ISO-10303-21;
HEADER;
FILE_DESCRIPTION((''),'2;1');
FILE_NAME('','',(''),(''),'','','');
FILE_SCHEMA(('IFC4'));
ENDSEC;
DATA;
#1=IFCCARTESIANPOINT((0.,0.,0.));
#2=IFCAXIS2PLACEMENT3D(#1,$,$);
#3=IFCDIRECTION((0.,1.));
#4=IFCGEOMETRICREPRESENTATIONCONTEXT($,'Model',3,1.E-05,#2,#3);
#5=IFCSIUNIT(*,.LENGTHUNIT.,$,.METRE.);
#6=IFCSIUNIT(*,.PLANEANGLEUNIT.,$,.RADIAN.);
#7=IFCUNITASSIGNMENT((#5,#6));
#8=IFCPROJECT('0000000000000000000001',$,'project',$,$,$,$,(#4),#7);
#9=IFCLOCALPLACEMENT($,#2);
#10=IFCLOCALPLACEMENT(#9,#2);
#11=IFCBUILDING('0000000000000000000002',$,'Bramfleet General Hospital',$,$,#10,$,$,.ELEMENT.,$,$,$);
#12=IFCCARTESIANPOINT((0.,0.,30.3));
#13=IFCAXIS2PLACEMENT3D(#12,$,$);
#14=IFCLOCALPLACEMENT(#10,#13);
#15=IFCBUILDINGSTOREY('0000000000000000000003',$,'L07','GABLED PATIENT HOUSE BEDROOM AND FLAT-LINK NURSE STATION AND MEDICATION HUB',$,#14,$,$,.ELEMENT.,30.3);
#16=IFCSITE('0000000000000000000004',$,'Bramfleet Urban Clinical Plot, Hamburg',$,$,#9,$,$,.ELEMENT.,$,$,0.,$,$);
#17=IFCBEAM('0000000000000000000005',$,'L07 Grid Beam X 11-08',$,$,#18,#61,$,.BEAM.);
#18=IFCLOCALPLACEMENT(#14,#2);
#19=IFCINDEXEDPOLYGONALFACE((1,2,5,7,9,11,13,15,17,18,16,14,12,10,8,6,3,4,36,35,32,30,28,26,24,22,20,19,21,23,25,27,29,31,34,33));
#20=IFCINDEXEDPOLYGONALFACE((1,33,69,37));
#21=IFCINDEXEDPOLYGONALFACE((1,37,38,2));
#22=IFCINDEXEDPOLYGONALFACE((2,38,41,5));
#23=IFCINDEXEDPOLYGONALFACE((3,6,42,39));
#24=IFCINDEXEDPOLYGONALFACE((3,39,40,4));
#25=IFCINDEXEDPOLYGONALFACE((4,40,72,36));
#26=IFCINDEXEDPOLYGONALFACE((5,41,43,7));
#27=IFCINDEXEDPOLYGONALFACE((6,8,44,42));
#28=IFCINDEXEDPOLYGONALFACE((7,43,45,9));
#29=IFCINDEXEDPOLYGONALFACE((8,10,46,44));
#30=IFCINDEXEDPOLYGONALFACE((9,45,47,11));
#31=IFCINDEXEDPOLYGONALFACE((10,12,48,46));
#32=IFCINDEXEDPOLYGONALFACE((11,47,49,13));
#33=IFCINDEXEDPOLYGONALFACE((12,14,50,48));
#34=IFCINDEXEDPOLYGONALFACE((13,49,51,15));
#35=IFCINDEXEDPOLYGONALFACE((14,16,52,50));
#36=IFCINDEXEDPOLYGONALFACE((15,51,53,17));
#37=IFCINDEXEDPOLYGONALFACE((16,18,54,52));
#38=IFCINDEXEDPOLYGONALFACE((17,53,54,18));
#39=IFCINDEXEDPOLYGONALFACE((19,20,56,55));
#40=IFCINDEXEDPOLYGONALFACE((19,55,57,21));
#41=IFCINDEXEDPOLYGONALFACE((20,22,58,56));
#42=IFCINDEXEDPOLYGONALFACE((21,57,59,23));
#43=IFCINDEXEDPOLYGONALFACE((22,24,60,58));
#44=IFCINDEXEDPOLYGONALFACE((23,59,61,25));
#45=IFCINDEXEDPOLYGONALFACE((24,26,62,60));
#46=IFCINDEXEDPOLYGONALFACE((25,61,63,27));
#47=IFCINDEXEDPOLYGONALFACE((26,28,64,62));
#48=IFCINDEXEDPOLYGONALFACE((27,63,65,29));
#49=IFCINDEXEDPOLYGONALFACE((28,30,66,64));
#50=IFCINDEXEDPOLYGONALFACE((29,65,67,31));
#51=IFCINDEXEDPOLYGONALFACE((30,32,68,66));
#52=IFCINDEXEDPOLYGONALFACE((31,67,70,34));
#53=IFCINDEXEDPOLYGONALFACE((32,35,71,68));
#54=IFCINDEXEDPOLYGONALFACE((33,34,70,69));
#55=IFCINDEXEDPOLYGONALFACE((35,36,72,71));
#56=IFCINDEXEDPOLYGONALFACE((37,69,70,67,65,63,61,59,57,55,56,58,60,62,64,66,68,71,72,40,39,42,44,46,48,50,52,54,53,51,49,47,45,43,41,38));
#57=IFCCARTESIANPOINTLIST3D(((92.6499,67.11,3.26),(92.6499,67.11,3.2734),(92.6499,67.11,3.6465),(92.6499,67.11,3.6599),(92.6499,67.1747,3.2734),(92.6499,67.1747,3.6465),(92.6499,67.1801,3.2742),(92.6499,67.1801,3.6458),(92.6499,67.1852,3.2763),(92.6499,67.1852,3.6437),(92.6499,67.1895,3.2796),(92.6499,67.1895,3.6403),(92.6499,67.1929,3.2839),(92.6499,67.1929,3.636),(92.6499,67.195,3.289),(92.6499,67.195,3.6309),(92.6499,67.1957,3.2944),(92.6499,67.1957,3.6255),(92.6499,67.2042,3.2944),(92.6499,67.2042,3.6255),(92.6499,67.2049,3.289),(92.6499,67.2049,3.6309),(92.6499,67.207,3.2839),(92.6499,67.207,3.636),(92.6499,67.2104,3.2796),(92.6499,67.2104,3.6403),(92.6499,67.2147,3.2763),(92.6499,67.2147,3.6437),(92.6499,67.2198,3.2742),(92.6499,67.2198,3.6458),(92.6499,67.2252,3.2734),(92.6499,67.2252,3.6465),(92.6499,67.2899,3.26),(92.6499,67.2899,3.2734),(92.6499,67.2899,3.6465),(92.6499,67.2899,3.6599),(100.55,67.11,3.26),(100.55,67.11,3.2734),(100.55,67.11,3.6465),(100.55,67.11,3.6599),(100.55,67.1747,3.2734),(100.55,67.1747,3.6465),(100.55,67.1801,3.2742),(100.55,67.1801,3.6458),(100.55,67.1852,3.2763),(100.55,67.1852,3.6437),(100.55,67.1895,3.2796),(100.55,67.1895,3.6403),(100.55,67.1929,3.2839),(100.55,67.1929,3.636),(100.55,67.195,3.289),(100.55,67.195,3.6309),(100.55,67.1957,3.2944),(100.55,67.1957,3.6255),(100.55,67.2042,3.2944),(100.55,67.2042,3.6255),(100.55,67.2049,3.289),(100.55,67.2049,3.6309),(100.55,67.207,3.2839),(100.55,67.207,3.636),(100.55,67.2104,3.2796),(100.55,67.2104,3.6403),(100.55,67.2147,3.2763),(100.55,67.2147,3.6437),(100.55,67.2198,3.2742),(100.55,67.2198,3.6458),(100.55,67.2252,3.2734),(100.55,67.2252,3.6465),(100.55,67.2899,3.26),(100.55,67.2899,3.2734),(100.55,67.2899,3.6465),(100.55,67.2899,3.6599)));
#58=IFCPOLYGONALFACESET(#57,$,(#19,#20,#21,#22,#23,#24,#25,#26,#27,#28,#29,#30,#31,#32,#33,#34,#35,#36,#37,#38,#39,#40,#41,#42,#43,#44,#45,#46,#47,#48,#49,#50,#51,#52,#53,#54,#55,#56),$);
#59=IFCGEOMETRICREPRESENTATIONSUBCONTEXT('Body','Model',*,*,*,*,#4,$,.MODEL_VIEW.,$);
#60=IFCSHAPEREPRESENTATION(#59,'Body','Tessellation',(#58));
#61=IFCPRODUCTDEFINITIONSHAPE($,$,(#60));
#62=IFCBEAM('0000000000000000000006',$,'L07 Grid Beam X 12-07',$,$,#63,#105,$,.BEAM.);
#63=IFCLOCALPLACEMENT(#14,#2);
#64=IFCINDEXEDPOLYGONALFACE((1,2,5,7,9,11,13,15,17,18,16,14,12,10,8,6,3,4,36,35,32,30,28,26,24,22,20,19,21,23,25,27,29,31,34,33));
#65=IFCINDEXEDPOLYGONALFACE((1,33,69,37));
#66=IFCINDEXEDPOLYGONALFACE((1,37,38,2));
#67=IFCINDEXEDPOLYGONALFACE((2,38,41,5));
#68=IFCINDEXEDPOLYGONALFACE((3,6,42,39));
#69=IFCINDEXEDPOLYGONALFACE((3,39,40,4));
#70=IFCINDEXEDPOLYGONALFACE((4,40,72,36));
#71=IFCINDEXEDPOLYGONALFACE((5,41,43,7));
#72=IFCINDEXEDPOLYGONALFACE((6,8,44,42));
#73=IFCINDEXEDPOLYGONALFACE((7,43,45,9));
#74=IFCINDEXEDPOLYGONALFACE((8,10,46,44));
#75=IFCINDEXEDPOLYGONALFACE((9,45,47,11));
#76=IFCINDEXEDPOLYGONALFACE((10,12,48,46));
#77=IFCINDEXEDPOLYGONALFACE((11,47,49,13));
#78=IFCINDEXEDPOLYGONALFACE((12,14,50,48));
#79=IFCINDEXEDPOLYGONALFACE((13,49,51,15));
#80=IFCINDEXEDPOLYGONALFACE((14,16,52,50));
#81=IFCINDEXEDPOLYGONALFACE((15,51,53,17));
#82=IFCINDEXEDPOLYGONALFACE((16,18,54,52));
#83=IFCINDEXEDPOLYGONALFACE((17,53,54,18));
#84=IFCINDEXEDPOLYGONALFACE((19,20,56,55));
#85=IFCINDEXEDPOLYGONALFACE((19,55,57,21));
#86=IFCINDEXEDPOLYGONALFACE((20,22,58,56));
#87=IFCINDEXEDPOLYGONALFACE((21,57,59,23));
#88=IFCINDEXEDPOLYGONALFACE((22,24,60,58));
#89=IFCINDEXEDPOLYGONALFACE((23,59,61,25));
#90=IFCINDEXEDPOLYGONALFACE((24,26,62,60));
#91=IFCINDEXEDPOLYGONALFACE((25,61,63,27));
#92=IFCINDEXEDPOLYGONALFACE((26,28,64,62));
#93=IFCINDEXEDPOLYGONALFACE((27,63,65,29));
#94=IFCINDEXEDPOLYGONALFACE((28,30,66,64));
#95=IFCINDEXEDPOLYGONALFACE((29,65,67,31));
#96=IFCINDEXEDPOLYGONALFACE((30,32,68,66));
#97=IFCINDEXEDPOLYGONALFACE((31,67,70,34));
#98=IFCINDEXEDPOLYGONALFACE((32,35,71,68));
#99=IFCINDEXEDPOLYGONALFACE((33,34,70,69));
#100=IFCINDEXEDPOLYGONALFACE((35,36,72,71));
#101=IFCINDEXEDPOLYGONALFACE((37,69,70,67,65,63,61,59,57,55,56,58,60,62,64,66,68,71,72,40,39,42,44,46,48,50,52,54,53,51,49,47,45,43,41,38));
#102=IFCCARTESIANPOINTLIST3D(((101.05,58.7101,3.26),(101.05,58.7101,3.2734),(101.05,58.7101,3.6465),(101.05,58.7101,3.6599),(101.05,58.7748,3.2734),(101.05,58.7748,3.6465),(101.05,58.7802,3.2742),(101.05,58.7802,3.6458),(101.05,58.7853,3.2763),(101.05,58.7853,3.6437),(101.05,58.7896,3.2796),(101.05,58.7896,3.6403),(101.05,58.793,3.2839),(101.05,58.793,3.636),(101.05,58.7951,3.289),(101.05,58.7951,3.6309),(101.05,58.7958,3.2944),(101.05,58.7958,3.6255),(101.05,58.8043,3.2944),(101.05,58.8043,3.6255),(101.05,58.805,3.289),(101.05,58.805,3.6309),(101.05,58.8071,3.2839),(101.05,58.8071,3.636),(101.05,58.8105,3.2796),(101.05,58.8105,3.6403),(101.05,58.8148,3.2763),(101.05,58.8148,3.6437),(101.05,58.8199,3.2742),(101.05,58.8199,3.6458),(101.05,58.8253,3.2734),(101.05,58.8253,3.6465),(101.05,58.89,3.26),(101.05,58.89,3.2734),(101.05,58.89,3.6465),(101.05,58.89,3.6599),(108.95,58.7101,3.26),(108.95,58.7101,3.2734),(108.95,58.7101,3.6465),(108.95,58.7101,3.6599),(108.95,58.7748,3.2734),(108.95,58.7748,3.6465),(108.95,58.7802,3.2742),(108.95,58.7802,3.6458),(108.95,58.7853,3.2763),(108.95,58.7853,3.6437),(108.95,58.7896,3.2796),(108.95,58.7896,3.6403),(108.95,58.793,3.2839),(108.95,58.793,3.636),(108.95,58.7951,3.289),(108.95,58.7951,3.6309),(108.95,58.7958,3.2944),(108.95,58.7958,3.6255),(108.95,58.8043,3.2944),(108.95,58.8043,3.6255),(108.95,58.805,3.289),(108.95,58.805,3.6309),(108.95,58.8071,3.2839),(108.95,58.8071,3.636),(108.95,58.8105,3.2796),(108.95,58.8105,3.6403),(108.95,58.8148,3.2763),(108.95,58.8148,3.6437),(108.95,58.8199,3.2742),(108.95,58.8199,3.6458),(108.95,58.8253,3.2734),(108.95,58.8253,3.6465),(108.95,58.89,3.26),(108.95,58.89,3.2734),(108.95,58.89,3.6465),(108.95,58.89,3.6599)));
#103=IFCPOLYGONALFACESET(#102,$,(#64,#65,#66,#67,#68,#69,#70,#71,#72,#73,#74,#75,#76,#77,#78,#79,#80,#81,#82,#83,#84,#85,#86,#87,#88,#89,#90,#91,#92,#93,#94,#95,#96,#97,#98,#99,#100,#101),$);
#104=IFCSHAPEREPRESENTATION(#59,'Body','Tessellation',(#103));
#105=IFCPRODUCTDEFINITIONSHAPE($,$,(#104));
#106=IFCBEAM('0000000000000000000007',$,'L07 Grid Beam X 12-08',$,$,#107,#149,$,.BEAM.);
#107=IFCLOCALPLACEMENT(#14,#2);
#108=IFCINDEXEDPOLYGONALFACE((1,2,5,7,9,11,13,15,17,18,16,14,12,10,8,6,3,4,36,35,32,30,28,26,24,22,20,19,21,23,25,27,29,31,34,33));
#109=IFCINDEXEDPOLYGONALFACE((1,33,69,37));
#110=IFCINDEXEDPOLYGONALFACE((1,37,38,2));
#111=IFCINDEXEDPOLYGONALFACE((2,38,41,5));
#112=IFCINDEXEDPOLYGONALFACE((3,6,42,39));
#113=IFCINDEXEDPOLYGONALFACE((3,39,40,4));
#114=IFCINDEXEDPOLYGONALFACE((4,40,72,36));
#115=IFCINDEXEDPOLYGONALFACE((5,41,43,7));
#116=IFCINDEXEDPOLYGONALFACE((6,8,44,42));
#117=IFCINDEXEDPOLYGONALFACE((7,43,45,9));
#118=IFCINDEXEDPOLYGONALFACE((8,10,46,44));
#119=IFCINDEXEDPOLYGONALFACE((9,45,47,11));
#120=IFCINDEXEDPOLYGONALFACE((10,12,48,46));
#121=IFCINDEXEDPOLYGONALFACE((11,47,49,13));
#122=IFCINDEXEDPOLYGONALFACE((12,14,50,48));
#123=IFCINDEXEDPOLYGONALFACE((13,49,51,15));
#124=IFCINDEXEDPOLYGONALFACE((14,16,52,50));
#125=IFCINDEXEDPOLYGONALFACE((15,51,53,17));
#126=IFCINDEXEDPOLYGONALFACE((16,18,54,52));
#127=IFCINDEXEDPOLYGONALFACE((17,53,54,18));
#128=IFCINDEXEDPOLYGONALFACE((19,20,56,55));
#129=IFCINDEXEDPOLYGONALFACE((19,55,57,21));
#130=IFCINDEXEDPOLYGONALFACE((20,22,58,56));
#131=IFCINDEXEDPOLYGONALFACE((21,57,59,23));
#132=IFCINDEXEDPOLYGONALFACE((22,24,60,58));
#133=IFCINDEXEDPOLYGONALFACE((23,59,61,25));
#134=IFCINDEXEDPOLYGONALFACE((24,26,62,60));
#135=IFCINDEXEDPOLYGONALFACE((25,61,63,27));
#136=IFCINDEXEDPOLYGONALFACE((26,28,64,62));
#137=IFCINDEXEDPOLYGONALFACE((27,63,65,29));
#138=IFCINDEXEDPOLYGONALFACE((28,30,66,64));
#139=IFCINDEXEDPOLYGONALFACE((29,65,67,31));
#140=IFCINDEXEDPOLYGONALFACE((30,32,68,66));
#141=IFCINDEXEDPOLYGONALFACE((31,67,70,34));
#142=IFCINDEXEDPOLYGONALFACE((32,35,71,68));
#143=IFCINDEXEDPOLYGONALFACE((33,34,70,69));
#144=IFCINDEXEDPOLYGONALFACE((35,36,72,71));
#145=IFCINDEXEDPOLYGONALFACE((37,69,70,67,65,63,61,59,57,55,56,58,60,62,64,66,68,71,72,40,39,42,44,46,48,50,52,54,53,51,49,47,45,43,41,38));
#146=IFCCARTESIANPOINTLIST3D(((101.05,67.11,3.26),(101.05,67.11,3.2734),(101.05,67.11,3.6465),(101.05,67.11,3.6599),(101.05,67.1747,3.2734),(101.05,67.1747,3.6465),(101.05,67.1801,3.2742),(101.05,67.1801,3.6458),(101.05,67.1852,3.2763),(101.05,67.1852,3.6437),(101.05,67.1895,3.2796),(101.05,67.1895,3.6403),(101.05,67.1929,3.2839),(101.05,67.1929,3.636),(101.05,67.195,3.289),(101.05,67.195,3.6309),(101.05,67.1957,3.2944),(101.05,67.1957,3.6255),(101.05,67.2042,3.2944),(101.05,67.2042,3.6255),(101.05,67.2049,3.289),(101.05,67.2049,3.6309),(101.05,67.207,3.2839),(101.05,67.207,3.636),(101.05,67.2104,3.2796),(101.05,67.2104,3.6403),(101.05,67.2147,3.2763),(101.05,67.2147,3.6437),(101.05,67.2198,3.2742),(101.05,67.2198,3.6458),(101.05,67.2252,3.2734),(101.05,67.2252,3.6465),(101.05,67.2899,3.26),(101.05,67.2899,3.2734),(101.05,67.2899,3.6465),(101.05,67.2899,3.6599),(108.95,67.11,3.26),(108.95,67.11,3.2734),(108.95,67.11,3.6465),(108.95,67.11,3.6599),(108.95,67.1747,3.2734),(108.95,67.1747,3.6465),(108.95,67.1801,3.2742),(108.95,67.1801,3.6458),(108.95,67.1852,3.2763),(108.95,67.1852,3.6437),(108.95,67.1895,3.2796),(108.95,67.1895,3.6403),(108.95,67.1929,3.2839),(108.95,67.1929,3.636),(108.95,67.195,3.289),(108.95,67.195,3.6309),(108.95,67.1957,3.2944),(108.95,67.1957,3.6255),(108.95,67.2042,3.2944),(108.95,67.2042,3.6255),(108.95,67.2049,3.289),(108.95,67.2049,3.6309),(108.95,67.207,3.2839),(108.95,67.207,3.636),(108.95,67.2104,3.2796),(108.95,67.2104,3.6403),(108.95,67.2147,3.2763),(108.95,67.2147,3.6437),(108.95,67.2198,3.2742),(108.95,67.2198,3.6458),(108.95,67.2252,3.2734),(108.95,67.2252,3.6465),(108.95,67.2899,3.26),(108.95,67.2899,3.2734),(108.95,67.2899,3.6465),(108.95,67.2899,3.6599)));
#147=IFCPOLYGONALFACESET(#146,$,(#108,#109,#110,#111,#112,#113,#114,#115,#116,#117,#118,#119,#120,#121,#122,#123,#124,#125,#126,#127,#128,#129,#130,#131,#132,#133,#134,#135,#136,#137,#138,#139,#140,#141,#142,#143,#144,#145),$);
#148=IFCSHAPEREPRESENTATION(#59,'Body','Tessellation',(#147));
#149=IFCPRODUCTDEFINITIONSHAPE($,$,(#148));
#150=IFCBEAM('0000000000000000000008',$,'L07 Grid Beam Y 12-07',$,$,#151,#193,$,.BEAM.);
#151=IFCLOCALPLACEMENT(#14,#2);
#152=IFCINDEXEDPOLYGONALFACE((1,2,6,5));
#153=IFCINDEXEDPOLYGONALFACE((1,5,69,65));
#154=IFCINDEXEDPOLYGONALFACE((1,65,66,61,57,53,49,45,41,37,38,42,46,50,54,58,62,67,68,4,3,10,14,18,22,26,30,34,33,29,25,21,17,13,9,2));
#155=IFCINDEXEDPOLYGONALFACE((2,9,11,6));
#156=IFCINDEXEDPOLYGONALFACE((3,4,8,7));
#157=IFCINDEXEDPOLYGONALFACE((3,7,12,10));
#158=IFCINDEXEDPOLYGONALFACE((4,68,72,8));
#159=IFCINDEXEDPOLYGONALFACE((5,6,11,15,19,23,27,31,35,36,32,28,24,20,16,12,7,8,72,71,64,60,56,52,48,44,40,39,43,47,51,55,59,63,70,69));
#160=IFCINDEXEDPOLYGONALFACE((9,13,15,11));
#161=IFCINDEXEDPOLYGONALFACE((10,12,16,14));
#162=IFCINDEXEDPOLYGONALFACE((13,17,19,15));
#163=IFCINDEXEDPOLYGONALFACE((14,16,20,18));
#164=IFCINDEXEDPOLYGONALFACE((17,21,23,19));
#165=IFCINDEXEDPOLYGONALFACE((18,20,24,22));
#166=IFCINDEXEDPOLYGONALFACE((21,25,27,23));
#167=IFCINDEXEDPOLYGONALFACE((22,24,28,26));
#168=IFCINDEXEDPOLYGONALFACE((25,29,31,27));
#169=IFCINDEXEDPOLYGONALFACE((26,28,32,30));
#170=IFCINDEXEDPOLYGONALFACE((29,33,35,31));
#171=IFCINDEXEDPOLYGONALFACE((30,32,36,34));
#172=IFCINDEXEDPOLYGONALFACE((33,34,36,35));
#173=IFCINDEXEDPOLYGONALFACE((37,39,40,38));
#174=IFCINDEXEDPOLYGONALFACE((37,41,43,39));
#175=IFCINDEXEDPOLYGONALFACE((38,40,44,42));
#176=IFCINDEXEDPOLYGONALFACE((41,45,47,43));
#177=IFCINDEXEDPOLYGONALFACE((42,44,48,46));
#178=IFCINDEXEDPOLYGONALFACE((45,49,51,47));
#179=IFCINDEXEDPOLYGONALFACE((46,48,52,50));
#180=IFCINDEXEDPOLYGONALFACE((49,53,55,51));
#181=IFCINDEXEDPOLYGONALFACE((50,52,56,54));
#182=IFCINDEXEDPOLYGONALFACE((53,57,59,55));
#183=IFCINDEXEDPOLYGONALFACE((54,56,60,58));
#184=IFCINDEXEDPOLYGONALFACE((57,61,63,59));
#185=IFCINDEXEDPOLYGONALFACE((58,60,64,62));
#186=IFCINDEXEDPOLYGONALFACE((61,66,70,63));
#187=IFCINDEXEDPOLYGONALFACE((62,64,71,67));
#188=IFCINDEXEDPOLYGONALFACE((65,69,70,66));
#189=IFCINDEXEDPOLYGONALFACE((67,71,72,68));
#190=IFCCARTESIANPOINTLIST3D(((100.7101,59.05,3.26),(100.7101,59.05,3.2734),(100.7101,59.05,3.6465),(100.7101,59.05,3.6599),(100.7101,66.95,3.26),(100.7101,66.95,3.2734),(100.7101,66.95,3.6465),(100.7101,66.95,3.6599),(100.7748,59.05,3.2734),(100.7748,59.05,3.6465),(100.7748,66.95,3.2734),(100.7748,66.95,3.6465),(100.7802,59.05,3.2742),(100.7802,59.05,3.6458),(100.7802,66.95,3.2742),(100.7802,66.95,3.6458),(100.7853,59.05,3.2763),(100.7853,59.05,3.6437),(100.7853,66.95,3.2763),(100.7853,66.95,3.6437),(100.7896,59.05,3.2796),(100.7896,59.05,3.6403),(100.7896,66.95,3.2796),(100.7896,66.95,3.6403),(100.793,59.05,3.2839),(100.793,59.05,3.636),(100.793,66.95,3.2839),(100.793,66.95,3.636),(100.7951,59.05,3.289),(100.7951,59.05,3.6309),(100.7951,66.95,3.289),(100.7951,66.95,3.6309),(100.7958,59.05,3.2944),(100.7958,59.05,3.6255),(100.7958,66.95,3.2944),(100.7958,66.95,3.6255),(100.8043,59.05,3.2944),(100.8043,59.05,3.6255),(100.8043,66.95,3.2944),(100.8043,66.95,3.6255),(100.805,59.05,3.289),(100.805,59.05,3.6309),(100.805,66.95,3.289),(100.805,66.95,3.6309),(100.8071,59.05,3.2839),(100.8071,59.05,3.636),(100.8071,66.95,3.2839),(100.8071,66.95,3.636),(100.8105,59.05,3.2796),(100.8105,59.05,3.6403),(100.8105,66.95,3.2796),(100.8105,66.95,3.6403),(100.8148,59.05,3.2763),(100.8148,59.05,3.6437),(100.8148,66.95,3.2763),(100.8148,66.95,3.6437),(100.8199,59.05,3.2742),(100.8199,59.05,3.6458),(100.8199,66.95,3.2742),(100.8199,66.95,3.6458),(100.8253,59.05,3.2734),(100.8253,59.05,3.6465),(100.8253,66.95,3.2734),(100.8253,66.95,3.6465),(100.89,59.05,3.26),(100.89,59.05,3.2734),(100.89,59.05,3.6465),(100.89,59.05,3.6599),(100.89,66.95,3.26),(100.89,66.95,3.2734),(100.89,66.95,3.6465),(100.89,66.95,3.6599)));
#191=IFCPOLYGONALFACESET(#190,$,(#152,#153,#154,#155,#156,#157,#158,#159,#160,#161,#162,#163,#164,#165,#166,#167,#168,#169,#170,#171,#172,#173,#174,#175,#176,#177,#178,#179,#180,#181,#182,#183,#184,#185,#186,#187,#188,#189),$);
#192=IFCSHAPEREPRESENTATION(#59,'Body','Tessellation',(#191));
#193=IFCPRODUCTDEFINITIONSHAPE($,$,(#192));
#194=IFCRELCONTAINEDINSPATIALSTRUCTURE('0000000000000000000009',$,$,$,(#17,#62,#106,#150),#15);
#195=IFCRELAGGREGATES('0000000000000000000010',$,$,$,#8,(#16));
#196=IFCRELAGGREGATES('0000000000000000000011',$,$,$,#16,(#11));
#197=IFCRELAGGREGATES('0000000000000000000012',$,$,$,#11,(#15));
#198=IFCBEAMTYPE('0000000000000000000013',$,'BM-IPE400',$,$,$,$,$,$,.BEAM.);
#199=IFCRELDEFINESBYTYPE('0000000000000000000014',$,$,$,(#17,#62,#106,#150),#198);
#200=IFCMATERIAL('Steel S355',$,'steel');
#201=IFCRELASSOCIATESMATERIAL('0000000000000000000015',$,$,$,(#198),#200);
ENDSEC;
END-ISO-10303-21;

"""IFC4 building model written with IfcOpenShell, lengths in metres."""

from ifc_helpers import new_model, si_unit, direction, frame, origin, origin_2d, place, context, subcontext, project, spatial, i_section, extrude, material, material_profile, profile_set, type_object, element, save


model = new_model("IFC4")

# Units and contexts
model_context = context("Model", 3, precision=1e-05, world=origin(), true_north=direction((0.0, 1.0)))
body_context = subcontext(model_context, "Body", "Model", "MODEL_VIEW")
ifc_project = project(units=[si_unit("LENGTHUNIT", "METRE"), si_unit("PLANEANGLEUNIT", "RADIAN")], contexts=[model_context])

# Site, building, storey
site_placement = place(None, origin())
site = spatial("IfcSite", under=ifc_project, at=site_placement, Name="Bramfleet Urban Clinical Plot, Hamburg", CompositionType="ELEMENT", RefElevation=0.0)
building_placement = place(site_placement, origin())
building = spatial("IfcBuilding", under=site, at=building_placement, Name="Bramfleet General Hospital", CompositionType="ELEMENT")
storey_placement = place(building_placement, frame((0.0, 0.0, 30.3)))
storey = spatial("IfcBuildingStorey", under=building, at=storey_placement, Name="L07", Description="GABLED PATIENT HOUSE BEDROOM AND FLAT-LINK NURSE STATION AND MEDICATION HUB", CompositionType="ELEMENT", Elevation=30.3)

# Beams
ifc_material_1 = material(Name="Steel S355", Category="steel")
ifc_material_profile_1 = material_profile(ifc_material_1, i_section(OverallWidth=0.1799, OverallDepth=0.3999, WebThickness=0.0085, FlangeThickness=0.0134, FilletRadius=0.021, at=origin_2d()), Name="IPE 400")
ifc_profile_set_1 = profile_set([ifc_material_profile_1], Name="Steel S355")
beam_type_1 = type_object("IfcBeamType", Name="BM-IPE400", PredefinedType="BEAM", material=ifc_profile_set_1)
beam_1_placement = place(storey_placement, frame((92.6499, 67.2, 3.46), z_axis=(1.0, 0.0, 0.0), x_axis=(0.0, 1.0, 0.0)))
element("IfcBeam", 1, at=beam_1_placement, inside=storey, type_object=beam_type_1, Name="L07 Grid Beam X 11-08", PredefinedType="BEAM", context=body_context, shape_type="SweptSolid", body=[
    extrude(i_section(OverallWidth=0.1799, OverallDepth=0.3999, WebThickness=0.0085, FlangeThickness=0.0134, FilletRadius=0.021, at=origin_2d()), origin(), (0.0, 0.0, 1.0), 7.9001),
])
for number, where, z_axis, x_axis, name in (
    (2, (101.05, 58.8, 3.46), (1.0, 0.0, 0.0), (0.0, 1.0, 0.0), "L07 Grid Beam X 12-07"),
    (3, (101.05, 67.2, 3.46), (1.0, 0.0, 0.0), (0.0, 1.0, 0.0), "L07 Grid Beam X 12-08"),
    (4, (100.8, 59.05, 3.46), (0.0, 1.0, 0.0), (-1.0, 0.0, 0.0), "L07 Grid Beam Y 12-07"),
):
    element("IfcBeam", number, at=place(storey_placement, frame(where, z_axis=z_axis, x_axis=x_axis)), inside=storey, type_object=beam_type_1, Name=name, PredefinedType="BEAM", context=body_context, shape_type="SweptSolid", body=[
        extrude(i_section(OverallWidth=0.1799, OverallDepth=0.3999, WebThickness=0.0085, FlangeThickness=0.0134, FilletRadius=0.021, at=origin_2d()), origin(), (0.0, 0.0, 1.0), 7.8999),
    ])

save(model, "model.ifc")
